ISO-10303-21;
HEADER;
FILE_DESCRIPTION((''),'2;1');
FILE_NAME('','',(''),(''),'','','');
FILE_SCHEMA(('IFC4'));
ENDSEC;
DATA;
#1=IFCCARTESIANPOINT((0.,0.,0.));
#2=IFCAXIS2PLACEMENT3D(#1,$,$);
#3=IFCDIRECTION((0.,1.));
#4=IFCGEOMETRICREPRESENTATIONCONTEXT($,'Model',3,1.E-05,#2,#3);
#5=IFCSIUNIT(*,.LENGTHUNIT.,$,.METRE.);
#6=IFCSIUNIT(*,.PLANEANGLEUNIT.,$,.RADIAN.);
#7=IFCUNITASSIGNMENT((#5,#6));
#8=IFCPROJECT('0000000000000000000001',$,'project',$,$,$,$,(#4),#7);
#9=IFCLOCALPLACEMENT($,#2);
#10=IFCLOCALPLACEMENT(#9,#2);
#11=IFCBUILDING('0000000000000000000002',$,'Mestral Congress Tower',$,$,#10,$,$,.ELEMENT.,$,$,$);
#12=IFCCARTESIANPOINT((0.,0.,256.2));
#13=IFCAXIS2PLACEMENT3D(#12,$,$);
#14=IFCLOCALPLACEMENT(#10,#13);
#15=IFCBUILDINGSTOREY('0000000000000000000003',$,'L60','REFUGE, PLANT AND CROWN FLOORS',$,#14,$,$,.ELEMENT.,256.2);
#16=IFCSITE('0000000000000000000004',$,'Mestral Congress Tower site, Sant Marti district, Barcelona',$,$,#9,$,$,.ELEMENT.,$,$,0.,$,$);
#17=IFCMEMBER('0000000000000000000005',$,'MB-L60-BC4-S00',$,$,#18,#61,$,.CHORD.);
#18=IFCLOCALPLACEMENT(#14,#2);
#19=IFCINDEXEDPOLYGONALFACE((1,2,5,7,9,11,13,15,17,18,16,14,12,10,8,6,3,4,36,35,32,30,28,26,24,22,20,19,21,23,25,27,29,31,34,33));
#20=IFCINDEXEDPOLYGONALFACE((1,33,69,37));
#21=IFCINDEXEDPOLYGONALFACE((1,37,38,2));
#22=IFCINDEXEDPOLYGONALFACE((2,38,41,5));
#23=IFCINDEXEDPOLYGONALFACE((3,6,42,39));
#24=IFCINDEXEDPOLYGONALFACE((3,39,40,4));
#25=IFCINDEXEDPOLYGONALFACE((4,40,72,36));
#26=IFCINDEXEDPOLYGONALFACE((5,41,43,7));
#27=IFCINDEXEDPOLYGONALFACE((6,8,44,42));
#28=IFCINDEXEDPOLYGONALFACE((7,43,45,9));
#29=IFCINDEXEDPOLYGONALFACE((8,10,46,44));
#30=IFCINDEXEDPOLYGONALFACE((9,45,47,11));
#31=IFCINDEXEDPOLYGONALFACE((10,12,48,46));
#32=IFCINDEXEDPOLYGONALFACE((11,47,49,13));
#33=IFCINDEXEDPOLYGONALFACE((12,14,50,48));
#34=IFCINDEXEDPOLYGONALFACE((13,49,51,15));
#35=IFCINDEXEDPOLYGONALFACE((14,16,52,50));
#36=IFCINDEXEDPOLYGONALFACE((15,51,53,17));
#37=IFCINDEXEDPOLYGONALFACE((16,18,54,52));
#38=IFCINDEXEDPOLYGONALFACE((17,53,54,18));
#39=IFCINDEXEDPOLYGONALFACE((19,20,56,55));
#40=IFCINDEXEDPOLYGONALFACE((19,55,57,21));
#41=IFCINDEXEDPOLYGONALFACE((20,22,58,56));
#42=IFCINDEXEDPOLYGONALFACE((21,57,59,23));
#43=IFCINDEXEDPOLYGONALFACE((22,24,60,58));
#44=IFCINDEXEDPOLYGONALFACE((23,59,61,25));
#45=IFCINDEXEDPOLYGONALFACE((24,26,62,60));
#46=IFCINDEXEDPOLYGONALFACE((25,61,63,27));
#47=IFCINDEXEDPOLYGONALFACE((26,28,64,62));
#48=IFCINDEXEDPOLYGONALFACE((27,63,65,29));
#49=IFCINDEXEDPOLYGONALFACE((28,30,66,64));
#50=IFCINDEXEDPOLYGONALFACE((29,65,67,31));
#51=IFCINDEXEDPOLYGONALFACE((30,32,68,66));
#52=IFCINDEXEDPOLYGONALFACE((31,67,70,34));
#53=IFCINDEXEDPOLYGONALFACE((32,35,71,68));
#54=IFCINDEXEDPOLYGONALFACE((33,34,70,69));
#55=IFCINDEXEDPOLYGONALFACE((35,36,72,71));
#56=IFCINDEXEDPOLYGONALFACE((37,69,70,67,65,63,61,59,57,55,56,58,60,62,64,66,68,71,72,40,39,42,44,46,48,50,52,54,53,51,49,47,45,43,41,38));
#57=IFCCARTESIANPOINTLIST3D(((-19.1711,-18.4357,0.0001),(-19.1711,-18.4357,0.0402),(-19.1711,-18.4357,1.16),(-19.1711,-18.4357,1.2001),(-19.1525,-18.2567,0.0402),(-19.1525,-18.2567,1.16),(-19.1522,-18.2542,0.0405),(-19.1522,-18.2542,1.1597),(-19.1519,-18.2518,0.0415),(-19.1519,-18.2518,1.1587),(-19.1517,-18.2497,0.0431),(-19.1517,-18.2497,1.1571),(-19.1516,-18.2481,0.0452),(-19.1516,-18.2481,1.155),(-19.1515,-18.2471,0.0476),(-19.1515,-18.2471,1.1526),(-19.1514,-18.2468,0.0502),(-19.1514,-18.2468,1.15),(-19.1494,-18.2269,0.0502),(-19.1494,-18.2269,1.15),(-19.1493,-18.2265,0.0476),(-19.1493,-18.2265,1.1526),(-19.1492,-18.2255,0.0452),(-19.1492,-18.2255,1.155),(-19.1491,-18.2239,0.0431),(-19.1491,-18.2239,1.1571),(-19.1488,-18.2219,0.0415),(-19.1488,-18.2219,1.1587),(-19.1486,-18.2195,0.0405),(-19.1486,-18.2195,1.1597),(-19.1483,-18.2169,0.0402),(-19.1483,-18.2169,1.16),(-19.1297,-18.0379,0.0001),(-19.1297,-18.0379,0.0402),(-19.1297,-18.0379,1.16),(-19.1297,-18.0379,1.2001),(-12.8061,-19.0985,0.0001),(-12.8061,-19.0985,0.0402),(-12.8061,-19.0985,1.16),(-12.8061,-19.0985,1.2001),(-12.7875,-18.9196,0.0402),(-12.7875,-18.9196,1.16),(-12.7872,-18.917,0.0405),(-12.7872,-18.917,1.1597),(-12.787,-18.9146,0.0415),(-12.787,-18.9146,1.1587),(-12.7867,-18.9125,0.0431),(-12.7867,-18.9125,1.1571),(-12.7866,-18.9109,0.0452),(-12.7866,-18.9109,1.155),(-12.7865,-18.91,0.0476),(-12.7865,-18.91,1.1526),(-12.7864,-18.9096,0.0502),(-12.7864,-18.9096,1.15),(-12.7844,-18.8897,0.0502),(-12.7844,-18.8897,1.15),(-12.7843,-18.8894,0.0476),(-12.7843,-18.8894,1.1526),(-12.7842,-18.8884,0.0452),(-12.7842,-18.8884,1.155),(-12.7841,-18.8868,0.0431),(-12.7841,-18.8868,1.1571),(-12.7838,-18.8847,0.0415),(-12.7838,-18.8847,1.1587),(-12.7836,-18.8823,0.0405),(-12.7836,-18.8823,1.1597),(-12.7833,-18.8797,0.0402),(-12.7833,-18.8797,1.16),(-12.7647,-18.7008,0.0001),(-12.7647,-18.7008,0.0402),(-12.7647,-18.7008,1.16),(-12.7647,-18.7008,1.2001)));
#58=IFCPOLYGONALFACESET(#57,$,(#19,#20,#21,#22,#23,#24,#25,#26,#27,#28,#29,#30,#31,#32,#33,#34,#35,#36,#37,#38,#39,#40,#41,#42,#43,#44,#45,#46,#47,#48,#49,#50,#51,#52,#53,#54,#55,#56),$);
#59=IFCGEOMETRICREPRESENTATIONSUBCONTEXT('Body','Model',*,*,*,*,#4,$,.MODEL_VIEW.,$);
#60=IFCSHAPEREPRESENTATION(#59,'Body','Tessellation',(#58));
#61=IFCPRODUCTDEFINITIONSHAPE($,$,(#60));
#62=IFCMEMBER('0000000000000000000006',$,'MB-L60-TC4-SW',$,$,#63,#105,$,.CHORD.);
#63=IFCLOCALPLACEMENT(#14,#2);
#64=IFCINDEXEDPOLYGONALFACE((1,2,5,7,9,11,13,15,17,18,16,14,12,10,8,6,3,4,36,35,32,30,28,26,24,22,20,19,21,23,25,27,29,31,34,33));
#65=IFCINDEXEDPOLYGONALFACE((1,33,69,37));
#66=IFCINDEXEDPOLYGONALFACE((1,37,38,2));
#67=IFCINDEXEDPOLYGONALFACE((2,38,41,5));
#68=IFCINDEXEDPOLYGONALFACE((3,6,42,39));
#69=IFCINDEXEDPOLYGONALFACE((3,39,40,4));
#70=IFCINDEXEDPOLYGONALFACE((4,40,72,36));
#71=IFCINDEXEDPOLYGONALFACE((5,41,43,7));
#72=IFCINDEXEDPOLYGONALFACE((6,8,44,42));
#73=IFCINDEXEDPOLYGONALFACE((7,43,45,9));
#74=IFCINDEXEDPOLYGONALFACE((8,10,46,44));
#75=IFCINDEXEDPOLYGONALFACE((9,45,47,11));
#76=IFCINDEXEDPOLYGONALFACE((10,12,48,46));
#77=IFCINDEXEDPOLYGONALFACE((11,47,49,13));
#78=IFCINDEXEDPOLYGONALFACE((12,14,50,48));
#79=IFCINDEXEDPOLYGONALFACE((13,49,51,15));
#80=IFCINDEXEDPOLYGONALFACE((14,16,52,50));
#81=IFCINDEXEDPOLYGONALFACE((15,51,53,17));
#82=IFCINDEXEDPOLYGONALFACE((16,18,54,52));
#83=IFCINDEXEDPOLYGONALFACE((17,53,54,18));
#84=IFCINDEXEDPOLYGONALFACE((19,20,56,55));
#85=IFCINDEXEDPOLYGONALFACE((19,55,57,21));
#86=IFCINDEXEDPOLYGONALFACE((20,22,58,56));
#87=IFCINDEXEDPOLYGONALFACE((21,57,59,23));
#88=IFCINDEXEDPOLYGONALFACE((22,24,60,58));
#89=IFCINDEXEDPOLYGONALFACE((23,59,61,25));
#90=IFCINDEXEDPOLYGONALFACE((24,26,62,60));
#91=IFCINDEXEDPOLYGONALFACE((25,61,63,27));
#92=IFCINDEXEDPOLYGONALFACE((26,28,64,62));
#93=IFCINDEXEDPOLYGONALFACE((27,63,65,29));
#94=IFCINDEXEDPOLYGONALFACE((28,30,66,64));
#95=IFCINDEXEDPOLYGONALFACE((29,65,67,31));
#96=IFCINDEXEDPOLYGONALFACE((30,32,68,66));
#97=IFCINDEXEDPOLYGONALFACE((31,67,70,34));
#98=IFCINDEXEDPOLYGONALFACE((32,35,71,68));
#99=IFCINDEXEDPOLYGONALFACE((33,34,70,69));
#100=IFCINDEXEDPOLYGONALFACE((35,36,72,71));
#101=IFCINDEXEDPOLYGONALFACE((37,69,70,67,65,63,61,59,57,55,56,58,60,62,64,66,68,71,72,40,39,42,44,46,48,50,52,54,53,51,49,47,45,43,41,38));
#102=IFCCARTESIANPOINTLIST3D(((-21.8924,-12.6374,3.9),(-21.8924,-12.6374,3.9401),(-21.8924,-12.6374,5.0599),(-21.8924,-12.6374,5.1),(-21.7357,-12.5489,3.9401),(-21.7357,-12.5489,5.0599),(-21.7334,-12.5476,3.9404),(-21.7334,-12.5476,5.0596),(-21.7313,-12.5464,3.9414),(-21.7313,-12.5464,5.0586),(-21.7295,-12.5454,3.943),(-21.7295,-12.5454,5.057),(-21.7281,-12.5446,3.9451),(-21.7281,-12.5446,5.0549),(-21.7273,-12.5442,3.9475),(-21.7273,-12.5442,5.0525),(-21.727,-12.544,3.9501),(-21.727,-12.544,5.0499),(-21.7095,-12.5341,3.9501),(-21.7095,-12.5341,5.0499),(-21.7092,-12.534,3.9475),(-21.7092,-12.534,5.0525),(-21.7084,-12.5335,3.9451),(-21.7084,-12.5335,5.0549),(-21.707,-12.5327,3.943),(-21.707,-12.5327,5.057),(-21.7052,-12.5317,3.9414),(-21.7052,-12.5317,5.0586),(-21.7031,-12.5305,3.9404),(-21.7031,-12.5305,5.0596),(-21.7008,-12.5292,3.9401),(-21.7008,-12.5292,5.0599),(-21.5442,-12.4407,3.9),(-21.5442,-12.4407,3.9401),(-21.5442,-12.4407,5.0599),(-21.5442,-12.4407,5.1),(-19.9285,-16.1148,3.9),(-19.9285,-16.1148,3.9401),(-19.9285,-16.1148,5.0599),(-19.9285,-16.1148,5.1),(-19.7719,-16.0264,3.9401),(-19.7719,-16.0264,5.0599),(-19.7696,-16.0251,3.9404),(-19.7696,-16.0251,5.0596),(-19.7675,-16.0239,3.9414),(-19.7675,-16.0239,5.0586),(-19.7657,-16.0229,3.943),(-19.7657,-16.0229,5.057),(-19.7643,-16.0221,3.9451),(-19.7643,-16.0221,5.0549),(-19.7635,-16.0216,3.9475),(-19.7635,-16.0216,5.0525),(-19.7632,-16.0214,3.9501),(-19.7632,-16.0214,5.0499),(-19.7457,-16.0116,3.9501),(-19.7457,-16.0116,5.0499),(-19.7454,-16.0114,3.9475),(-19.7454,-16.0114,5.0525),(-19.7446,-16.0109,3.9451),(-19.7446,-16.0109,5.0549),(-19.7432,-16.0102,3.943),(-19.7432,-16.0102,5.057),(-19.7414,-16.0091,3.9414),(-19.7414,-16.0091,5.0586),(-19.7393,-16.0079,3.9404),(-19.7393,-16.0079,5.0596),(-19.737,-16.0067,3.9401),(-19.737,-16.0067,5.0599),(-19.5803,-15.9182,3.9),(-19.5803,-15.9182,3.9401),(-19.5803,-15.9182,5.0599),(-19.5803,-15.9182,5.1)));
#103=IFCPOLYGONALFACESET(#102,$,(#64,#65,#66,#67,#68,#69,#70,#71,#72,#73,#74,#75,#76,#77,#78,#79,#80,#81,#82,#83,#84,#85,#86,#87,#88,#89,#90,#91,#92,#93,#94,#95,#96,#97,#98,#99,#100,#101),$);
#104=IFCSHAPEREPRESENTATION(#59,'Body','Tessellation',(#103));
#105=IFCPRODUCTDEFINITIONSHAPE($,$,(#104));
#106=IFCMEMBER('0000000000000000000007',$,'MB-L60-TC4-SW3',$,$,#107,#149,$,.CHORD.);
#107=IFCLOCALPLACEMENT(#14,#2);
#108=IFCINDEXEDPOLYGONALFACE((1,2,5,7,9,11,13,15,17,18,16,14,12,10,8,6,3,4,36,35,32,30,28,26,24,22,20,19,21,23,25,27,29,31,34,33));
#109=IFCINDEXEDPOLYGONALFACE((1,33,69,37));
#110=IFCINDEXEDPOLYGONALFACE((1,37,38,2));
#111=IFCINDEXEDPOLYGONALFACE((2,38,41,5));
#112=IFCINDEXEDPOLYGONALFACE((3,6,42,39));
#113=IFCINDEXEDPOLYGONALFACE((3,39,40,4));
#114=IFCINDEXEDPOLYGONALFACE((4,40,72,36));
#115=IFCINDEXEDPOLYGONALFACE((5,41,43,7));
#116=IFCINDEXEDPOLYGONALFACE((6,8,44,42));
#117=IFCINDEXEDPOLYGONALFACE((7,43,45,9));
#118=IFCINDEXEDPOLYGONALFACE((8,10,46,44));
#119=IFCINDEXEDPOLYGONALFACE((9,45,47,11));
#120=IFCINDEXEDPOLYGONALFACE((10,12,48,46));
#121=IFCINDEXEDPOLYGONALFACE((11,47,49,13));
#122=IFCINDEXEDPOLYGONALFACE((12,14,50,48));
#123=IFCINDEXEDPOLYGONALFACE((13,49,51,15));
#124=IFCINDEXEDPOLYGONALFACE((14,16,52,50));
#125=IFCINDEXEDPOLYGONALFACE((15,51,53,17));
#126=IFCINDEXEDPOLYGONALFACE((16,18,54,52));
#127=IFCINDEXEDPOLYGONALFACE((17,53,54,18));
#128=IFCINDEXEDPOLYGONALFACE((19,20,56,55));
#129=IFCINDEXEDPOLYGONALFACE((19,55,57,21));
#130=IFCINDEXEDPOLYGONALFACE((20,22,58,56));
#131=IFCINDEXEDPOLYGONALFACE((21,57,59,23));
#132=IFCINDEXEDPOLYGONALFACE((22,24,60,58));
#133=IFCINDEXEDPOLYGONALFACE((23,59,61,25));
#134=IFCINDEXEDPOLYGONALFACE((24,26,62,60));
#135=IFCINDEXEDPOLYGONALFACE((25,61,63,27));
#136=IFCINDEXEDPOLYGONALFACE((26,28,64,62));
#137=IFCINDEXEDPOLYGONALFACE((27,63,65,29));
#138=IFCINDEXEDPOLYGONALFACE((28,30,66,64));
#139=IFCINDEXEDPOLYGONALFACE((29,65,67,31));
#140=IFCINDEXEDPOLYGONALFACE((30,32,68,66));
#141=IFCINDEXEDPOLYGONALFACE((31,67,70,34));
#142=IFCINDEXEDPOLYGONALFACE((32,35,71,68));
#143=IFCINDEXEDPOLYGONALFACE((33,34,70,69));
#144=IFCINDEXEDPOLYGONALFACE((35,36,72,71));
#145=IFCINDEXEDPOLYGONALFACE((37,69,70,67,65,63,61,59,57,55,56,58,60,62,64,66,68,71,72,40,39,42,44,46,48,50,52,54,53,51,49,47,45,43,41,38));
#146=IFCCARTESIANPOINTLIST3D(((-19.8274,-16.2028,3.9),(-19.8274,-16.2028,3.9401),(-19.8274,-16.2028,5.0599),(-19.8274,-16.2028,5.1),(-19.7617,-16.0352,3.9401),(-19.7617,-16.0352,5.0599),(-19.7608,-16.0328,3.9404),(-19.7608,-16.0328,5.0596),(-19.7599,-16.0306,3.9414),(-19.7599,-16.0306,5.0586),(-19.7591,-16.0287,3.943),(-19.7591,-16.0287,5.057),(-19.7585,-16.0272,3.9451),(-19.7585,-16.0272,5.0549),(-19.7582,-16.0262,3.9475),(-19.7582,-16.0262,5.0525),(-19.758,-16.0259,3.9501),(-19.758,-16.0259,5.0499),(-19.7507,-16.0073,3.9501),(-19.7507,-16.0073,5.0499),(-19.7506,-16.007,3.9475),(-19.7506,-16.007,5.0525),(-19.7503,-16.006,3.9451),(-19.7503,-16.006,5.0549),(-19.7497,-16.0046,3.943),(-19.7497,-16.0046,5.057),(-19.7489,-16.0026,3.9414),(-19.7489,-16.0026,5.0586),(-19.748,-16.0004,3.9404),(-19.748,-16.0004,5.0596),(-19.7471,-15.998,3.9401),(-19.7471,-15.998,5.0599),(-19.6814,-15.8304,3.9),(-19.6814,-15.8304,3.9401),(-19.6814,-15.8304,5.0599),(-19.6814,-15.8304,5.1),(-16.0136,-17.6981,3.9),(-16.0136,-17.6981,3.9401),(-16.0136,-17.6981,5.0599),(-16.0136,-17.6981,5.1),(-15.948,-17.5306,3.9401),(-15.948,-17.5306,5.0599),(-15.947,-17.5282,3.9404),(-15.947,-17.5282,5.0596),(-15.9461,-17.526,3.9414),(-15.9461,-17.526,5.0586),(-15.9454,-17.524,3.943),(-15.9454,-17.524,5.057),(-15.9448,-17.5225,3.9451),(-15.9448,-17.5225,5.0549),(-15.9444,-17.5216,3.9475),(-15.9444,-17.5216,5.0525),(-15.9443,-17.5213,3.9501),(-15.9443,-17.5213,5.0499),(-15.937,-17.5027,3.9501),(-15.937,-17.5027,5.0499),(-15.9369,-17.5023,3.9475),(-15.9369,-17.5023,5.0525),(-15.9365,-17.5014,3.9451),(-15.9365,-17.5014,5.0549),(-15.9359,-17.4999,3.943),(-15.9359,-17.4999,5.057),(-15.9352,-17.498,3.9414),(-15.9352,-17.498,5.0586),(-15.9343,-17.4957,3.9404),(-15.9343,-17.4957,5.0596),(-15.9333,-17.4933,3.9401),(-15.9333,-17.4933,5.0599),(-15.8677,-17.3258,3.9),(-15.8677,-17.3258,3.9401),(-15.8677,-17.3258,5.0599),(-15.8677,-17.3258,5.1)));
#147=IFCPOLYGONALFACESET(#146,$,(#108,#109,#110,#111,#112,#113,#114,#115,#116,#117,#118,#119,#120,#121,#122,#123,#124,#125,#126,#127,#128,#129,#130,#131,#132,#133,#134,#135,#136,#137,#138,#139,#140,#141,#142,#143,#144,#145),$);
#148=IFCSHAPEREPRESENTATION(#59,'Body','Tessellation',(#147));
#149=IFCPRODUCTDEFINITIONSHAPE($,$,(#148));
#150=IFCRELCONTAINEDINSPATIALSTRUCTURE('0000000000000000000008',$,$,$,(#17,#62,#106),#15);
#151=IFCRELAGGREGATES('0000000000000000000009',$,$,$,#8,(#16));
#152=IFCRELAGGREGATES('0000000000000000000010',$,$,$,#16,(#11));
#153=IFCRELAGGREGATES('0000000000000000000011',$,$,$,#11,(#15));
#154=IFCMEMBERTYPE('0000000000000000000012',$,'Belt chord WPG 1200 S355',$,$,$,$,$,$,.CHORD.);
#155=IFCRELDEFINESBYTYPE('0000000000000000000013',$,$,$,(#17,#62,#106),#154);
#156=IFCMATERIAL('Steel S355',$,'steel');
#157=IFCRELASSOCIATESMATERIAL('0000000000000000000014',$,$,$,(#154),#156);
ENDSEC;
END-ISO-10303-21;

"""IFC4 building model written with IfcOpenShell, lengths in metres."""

from ifc_helpers import new_model, si_unit, direction, frame, origin, origin_2d, place, context, subcontext, project, spatial, i_section, extrude, material, material_profile, profile_set, type_object, element, save


model = new_model("IFC4")

# Units and contexts
model_context = context("Model", 3, precision=1e-05, world=origin(), true_north=direction((0.0, 1.0)))
body_context = subcontext(model_context, "Body", "Model", "MODEL_VIEW")
ifc_project = project(units=[si_unit("LENGTHUNIT", "METRE"), si_unit("PLANEANGLEUNIT", "RADIAN")], contexts=[model_context])

# Site, building, storey
site_placement = place(None, origin())
site = spatial("IfcSite", under=ifc_project, at=site_placement, Name="Mestral Congress Tower site, Sant Marti district, Barcelona", CompositionType="ELEMENT", RefElevation=0.0)
building_placement = place(site_placement, origin())
building = spatial("IfcBuilding", under=site, at=building_placement, Name="Mestral Congress Tower", CompositionType="ELEMENT")
storey_placement = place(building_placement, frame((0.0, 0.0, 256.2)))
storey = spatial("IfcBuildingStorey", under=building, at=storey_placement, Name="L60", Description="REFUGE, PLANT AND CROWN FLOORS", CompositionType="ELEMENT", Elevation=256.2)

# Members
ifc_material_1 = material(Name="Steel S355", Category="steel")
ifc_material_profile_1 = material_profile(ifc_material_1, i_section(OverallWidth=0.3999, OverallDepth=1.2, WebThickness=0.02, FlangeThickness=0.04, FilletRadius=0.01, at=origin_2d()), Name="WPG 1200")
ifc_profile_set_1 = profile_set([ifc_material_profile_1], Name="Steel S355")
member_type_1 = type_object("IfcMemberType", Name="Belt chord WPG 1200 S355", PredefinedType="CHORD", material=ifc_profile_set_1)
member_1_placement = place(storey_placement, frame((-19.1504, -18.2368, 0.6001), z_axis=(0.994621, -0.103579, 0.0), x_axis=(0.103579, 0.994621, 0.0)))
element("IfcMember", 1, at=member_1_placement, inside=storey, type_object=member_type_1, Name="MB-L60-BC4-S00", PredefinedType="CHORD", context=body_context, shape_type="SweptSolid", body=[
    extrude(i_section(OverallWidth=0.3999, OverallDepth=1.2, WebThickness=0.02, FlangeThickness=0.04, FilletRadius=0.01, at=origin_2d()), origin(), (0.0, 0.0, 1.0), 6.3994),
])
member_2_placement = place(storey_placement, frame((-21.7183, -12.5391, 4.5), z_axis=(0.491735, -0.870745, 0.0), x_axis=(0.870745, 0.491735, 0.0)))
element("IfcMember", 2, at=member_2_placement, inside=storey, type_object=member_type_1, Name="MB-L60-TC4-SW", PredefinedType="CHORD", context=body_context, shape_type="SweptSolid", body=[
    extrude(i_section(OverallWidth=0.3999, OverallDepth=1.2, WebThickness=0.02, FlangeThickness=0.04, FilletRadius=0.01, at=origin_2d()), origin(), (0.0, 0.0, 1.0), 3.9937),
])
member_3_placement = place(storey_placement, frame((-19.7544, -16.0166, 4.5), z_axis=(0.930991, -0.365042, 0.0), x_axis=(0.365042, 0.930991, 0.0)))
element("IfcMember", 3, at=member_3_placement, inside=storey, type_object=member_type_1, Name="MB-L60-TC4-SW3", PredefinedType="CHORD", context=body_context, shape_type="SweptSolid", body=[
    extrude(i_section(OverallWidth=0.3999, OverallDepth=1.2, WebThickness=0.02, FlangeThickness=0.04, FilletRadius=0.01, at=origin_2d()), origin(), (0.0, 0.0, 1.0), 4.0964),
])

save(model, "model.ifc")
